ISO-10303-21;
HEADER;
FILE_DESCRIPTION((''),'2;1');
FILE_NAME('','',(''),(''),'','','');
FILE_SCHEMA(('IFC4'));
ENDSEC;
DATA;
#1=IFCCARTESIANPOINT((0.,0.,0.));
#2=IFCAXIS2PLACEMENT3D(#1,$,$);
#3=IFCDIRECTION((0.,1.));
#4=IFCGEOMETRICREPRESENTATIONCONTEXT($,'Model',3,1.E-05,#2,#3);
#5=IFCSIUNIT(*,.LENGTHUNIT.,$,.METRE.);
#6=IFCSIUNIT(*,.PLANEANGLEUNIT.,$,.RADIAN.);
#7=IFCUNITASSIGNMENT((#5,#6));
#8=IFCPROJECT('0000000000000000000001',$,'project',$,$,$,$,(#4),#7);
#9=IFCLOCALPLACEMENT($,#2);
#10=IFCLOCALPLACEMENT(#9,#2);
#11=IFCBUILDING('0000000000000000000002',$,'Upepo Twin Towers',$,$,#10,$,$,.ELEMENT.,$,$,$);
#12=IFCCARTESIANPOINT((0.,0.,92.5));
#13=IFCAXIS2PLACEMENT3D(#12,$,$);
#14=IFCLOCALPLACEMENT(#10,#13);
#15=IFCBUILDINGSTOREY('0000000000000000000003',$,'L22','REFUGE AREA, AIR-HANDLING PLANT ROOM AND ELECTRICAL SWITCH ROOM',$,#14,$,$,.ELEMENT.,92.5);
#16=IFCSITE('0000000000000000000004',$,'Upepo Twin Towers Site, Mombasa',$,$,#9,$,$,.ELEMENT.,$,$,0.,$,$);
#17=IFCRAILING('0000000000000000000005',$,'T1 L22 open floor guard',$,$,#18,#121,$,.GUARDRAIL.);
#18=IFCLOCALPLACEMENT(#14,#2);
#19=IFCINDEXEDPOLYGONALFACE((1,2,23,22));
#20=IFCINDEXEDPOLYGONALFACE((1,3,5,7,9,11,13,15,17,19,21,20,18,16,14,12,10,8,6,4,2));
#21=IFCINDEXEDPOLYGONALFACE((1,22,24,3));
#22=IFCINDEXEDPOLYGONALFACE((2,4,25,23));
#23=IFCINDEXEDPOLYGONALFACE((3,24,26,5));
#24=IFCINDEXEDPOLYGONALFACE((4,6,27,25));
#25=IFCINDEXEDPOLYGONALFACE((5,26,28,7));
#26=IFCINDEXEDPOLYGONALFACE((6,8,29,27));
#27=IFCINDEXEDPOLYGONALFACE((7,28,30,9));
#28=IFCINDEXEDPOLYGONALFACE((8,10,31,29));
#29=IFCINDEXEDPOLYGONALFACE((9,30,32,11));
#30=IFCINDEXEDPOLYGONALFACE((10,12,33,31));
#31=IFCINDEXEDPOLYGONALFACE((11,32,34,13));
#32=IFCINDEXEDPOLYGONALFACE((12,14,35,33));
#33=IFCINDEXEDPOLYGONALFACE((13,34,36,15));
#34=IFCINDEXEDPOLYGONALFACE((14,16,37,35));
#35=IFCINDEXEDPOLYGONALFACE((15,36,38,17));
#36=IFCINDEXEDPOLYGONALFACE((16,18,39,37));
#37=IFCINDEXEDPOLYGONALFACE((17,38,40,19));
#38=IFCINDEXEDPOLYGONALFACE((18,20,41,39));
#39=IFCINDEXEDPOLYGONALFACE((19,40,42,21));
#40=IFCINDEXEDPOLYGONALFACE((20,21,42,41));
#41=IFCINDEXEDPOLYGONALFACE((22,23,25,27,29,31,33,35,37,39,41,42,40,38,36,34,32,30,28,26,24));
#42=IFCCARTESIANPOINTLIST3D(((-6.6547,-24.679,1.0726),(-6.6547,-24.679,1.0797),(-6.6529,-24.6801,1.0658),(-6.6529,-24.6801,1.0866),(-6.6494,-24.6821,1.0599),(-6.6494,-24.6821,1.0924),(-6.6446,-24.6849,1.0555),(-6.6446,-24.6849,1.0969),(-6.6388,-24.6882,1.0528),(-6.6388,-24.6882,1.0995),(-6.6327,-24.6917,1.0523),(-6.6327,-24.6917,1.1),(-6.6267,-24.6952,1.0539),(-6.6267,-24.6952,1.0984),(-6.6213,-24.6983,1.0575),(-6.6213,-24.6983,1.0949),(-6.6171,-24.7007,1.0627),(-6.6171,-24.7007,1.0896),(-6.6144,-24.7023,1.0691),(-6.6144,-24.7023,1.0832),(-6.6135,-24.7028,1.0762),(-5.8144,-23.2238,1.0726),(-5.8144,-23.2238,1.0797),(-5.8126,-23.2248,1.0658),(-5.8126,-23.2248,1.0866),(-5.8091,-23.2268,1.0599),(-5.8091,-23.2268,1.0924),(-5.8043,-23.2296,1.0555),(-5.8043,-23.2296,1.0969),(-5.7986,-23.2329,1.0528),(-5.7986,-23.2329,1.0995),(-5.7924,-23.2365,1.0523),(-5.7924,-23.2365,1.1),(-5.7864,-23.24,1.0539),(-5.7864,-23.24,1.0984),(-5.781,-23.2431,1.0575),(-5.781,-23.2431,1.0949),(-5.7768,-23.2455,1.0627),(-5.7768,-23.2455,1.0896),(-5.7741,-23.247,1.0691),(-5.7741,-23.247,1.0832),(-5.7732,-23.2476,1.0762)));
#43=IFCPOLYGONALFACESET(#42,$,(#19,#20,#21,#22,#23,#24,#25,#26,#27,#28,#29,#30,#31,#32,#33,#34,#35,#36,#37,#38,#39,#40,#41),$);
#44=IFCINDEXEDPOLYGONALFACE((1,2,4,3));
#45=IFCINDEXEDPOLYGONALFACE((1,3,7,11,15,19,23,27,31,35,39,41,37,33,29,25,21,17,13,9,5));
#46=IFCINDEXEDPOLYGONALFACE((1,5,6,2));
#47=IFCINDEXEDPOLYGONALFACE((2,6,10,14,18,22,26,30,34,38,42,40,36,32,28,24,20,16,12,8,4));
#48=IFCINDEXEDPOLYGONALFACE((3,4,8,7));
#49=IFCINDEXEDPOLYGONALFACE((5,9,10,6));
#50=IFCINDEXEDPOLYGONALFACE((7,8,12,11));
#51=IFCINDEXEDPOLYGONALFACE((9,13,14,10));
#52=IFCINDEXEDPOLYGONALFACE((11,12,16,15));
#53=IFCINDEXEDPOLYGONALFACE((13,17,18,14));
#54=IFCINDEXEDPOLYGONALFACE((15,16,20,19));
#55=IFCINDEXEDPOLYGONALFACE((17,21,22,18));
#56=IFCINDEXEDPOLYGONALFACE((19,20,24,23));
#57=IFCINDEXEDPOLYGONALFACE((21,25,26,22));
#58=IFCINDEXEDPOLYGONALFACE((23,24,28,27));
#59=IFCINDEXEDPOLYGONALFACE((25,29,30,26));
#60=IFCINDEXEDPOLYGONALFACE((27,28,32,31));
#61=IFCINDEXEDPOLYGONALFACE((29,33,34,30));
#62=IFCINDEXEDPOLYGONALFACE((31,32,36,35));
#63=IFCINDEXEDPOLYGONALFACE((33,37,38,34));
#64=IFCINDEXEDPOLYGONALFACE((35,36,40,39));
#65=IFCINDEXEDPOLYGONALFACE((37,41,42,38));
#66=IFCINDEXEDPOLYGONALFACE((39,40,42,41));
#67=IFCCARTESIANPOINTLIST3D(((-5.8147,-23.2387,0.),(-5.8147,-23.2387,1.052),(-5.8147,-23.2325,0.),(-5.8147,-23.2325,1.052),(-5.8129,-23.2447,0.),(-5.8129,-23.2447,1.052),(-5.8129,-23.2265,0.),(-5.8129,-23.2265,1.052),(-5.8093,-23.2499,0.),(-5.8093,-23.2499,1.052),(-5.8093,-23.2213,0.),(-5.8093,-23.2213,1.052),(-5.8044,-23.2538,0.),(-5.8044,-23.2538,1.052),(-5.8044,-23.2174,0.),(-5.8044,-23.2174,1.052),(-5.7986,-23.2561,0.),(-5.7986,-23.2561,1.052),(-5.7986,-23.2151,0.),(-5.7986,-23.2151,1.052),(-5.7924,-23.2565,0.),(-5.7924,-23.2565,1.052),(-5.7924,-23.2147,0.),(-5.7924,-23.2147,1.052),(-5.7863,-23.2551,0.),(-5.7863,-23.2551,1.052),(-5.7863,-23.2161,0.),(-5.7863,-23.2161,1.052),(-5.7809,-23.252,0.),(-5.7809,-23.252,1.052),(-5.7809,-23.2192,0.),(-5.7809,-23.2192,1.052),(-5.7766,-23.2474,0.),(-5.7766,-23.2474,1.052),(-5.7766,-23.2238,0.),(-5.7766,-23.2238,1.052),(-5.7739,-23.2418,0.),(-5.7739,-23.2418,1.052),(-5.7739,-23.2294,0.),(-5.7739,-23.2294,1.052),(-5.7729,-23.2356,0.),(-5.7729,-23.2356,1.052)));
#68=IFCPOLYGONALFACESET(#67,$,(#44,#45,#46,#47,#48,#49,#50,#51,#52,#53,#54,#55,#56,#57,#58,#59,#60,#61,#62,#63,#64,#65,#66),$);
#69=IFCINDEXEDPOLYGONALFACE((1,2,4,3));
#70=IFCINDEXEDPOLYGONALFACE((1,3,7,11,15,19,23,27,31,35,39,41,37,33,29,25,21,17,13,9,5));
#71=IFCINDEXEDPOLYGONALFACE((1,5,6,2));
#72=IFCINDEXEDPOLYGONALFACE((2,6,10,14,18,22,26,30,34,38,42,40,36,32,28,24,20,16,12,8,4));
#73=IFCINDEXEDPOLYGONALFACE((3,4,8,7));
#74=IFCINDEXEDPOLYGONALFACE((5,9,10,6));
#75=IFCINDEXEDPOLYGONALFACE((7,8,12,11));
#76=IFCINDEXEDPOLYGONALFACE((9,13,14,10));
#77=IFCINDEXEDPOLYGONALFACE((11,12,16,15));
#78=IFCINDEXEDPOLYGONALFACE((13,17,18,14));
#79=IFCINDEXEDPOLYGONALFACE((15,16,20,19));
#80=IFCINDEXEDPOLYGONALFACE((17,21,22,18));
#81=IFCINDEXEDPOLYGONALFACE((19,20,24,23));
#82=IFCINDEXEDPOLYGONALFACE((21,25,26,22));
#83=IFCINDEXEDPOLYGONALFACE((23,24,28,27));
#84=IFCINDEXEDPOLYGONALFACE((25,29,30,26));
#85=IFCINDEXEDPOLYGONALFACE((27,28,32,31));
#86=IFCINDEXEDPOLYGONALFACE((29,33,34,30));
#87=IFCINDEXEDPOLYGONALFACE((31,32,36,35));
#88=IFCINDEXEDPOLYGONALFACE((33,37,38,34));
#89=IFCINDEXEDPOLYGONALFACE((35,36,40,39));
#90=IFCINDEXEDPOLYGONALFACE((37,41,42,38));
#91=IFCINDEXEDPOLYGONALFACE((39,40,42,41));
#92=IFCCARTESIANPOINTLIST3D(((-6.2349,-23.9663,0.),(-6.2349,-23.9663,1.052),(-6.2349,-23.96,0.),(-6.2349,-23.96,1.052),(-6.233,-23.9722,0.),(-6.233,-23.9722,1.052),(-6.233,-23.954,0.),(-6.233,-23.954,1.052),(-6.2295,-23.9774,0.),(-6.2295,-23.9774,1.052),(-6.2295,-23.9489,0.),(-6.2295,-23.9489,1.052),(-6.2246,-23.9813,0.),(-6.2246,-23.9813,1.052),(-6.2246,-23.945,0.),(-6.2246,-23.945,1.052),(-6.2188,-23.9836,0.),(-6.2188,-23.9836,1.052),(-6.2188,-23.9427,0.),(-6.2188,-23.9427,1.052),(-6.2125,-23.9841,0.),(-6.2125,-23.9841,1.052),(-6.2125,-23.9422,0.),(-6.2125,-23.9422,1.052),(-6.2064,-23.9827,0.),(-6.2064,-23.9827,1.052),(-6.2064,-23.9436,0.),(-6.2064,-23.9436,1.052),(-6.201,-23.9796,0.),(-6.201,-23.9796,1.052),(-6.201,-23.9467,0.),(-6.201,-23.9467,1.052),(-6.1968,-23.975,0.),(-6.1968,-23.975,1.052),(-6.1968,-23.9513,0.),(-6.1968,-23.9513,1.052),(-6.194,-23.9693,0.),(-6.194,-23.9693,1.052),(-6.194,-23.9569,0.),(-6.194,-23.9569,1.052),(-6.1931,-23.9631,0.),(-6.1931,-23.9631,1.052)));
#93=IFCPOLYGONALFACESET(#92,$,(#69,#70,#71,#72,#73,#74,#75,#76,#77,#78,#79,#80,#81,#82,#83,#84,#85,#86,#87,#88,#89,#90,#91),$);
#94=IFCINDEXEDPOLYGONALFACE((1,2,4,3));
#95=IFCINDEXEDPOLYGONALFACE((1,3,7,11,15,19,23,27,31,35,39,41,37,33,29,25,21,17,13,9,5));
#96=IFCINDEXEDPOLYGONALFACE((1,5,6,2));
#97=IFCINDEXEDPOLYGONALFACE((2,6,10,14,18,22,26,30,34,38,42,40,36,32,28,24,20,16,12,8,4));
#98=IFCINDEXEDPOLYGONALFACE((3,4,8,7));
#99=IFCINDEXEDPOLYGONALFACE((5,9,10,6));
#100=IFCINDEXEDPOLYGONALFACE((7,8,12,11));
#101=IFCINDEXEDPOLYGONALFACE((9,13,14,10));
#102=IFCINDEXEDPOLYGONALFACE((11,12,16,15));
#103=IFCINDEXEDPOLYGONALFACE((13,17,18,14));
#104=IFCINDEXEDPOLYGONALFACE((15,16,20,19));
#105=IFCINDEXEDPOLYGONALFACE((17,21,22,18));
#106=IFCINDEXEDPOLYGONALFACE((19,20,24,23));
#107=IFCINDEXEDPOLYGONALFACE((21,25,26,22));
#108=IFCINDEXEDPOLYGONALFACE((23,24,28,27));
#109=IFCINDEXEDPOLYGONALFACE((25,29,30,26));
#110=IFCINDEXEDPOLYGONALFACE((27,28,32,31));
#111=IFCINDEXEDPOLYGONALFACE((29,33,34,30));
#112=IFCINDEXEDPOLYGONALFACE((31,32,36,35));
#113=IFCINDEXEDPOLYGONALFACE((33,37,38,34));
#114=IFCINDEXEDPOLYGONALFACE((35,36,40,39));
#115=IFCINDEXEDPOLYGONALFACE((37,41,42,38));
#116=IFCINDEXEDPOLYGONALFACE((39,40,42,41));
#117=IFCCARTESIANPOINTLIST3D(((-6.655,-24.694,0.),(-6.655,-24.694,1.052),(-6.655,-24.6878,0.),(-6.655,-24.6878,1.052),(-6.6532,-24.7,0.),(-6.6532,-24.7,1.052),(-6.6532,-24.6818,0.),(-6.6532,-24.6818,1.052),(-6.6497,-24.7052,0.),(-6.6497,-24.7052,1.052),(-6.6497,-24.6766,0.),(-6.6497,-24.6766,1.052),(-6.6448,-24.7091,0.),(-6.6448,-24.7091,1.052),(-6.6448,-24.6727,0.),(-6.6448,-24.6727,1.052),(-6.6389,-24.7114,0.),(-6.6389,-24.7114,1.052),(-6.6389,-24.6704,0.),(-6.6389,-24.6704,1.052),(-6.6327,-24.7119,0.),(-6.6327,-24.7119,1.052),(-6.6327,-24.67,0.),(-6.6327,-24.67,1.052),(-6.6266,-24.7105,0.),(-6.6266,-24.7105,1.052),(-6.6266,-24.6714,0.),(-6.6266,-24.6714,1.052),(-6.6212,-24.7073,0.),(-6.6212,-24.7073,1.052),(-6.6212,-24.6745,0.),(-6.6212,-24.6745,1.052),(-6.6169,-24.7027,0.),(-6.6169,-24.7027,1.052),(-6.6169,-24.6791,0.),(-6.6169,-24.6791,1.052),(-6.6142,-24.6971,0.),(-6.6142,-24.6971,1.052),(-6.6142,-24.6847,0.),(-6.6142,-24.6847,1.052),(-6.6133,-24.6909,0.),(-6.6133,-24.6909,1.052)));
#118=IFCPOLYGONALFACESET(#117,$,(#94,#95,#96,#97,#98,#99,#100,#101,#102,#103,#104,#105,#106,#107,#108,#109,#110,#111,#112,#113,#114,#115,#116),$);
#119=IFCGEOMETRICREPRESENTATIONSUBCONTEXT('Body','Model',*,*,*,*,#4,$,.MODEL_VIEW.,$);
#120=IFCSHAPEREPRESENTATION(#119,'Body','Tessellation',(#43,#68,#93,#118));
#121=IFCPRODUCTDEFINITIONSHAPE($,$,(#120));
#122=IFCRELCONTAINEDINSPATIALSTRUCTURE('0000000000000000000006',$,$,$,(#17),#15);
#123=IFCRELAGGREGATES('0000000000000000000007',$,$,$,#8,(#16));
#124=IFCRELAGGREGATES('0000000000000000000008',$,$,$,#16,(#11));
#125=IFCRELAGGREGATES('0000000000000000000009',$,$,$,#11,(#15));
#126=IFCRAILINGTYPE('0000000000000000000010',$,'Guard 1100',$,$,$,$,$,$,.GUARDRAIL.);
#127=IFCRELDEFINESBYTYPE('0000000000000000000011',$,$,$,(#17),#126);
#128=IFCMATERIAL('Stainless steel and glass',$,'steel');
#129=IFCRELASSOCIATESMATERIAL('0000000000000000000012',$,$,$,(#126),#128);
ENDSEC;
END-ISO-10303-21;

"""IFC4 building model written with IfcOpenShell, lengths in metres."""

from ifc_helpers import new_model, si_unit, direction, frame, origin, origin_2d, place, context, subcontext, project, spatial, circle, extrude, material, type_object, element, save


model = new_model("IFC4")

# Units and contexts
model_context = context("Model", 3, precision=1e-05, world=origin(), true_north=direction((0.0, 1.0)))
body_context = subcontext(model_context, "Body", "Model", "MODEL_VIEW")
ifc_project = project(units=[si_unit("LENGTHUNIT", "METRE"), si_unit("PLANEANGLEUNIT", "RADIAN")], contexts=[model_context])

# Site, building, storey
site_placement = place(None, origin())
site = spatial("IfcSite", under=ifc_project, at=site_placement, Name="Upepo Twin Towers Site, Mombasa", CompositionType="ELEMENT", RefElevation=0.0)
building_placement = place(site_placement, origin())
building = spatial("IfcBuilding", under=site, at=building_placement, Name="Upepo Twin Towers", CompositionType="ELEMENT")
storey_placement = place(building_placement, frame((0.0, 0.0, 92.5)))
storey = spatial("IfcBuildingStorey", under=building, at=storey_placement, Name="L22", Description="REFUGE AREA, AIR-HANDLING PLANT ROOM AND ELECTRICAL SWITCH ROOM", CompositionType="ELEMENT", Elevation=92.5)

# Railing
ifc_material_1 = material(Name="Stainless steel and glass", Category="steel")
railing_type = type_object("IfcRailingType", Name="Guard 1100", PredefinedType="GUARDRAIL", material=ifc_material_1)
railing_1_placement = place(storey_placement, frame((-5.7939, -23.2356, 0.0)))
element("IfcRailing", 1, at=railing_1_placement, inside=storey, type_object=railing_type, Name="T1 L22 open floor guard", PredefinedType="GUARDRAIL", context=body_context, shape_type="SweptSolid", body=[
    extrude(circle(Radius=0.0239, at=origin_2d()), frame((0.0, 0.0, 1.0762), z_axis=(-0.500045, -0.865999, 0.0), x_axis=(0.865999, -0.500045, 0.0)), (0.0, 0.0, 1.0), 1.6804),
    extrude(circle(Radius=0.021, at=origin_2d()), origin(), (0.0, 0.0, 1.0), 1.052),
    extrude(circle(Radius=0.021, at=origin_2d()), frame((-0.4202, -0.7275, 0.0)), (0.0, 0.0, 1.0), 1.052),
    extrude(circle(Radius=0.021, at=origin_2d()), frame((-0.8403, -1.4553, 0.0)), (0.0, 0.0, 1.0), 1.052),
])

save(model, "model.ifc")
